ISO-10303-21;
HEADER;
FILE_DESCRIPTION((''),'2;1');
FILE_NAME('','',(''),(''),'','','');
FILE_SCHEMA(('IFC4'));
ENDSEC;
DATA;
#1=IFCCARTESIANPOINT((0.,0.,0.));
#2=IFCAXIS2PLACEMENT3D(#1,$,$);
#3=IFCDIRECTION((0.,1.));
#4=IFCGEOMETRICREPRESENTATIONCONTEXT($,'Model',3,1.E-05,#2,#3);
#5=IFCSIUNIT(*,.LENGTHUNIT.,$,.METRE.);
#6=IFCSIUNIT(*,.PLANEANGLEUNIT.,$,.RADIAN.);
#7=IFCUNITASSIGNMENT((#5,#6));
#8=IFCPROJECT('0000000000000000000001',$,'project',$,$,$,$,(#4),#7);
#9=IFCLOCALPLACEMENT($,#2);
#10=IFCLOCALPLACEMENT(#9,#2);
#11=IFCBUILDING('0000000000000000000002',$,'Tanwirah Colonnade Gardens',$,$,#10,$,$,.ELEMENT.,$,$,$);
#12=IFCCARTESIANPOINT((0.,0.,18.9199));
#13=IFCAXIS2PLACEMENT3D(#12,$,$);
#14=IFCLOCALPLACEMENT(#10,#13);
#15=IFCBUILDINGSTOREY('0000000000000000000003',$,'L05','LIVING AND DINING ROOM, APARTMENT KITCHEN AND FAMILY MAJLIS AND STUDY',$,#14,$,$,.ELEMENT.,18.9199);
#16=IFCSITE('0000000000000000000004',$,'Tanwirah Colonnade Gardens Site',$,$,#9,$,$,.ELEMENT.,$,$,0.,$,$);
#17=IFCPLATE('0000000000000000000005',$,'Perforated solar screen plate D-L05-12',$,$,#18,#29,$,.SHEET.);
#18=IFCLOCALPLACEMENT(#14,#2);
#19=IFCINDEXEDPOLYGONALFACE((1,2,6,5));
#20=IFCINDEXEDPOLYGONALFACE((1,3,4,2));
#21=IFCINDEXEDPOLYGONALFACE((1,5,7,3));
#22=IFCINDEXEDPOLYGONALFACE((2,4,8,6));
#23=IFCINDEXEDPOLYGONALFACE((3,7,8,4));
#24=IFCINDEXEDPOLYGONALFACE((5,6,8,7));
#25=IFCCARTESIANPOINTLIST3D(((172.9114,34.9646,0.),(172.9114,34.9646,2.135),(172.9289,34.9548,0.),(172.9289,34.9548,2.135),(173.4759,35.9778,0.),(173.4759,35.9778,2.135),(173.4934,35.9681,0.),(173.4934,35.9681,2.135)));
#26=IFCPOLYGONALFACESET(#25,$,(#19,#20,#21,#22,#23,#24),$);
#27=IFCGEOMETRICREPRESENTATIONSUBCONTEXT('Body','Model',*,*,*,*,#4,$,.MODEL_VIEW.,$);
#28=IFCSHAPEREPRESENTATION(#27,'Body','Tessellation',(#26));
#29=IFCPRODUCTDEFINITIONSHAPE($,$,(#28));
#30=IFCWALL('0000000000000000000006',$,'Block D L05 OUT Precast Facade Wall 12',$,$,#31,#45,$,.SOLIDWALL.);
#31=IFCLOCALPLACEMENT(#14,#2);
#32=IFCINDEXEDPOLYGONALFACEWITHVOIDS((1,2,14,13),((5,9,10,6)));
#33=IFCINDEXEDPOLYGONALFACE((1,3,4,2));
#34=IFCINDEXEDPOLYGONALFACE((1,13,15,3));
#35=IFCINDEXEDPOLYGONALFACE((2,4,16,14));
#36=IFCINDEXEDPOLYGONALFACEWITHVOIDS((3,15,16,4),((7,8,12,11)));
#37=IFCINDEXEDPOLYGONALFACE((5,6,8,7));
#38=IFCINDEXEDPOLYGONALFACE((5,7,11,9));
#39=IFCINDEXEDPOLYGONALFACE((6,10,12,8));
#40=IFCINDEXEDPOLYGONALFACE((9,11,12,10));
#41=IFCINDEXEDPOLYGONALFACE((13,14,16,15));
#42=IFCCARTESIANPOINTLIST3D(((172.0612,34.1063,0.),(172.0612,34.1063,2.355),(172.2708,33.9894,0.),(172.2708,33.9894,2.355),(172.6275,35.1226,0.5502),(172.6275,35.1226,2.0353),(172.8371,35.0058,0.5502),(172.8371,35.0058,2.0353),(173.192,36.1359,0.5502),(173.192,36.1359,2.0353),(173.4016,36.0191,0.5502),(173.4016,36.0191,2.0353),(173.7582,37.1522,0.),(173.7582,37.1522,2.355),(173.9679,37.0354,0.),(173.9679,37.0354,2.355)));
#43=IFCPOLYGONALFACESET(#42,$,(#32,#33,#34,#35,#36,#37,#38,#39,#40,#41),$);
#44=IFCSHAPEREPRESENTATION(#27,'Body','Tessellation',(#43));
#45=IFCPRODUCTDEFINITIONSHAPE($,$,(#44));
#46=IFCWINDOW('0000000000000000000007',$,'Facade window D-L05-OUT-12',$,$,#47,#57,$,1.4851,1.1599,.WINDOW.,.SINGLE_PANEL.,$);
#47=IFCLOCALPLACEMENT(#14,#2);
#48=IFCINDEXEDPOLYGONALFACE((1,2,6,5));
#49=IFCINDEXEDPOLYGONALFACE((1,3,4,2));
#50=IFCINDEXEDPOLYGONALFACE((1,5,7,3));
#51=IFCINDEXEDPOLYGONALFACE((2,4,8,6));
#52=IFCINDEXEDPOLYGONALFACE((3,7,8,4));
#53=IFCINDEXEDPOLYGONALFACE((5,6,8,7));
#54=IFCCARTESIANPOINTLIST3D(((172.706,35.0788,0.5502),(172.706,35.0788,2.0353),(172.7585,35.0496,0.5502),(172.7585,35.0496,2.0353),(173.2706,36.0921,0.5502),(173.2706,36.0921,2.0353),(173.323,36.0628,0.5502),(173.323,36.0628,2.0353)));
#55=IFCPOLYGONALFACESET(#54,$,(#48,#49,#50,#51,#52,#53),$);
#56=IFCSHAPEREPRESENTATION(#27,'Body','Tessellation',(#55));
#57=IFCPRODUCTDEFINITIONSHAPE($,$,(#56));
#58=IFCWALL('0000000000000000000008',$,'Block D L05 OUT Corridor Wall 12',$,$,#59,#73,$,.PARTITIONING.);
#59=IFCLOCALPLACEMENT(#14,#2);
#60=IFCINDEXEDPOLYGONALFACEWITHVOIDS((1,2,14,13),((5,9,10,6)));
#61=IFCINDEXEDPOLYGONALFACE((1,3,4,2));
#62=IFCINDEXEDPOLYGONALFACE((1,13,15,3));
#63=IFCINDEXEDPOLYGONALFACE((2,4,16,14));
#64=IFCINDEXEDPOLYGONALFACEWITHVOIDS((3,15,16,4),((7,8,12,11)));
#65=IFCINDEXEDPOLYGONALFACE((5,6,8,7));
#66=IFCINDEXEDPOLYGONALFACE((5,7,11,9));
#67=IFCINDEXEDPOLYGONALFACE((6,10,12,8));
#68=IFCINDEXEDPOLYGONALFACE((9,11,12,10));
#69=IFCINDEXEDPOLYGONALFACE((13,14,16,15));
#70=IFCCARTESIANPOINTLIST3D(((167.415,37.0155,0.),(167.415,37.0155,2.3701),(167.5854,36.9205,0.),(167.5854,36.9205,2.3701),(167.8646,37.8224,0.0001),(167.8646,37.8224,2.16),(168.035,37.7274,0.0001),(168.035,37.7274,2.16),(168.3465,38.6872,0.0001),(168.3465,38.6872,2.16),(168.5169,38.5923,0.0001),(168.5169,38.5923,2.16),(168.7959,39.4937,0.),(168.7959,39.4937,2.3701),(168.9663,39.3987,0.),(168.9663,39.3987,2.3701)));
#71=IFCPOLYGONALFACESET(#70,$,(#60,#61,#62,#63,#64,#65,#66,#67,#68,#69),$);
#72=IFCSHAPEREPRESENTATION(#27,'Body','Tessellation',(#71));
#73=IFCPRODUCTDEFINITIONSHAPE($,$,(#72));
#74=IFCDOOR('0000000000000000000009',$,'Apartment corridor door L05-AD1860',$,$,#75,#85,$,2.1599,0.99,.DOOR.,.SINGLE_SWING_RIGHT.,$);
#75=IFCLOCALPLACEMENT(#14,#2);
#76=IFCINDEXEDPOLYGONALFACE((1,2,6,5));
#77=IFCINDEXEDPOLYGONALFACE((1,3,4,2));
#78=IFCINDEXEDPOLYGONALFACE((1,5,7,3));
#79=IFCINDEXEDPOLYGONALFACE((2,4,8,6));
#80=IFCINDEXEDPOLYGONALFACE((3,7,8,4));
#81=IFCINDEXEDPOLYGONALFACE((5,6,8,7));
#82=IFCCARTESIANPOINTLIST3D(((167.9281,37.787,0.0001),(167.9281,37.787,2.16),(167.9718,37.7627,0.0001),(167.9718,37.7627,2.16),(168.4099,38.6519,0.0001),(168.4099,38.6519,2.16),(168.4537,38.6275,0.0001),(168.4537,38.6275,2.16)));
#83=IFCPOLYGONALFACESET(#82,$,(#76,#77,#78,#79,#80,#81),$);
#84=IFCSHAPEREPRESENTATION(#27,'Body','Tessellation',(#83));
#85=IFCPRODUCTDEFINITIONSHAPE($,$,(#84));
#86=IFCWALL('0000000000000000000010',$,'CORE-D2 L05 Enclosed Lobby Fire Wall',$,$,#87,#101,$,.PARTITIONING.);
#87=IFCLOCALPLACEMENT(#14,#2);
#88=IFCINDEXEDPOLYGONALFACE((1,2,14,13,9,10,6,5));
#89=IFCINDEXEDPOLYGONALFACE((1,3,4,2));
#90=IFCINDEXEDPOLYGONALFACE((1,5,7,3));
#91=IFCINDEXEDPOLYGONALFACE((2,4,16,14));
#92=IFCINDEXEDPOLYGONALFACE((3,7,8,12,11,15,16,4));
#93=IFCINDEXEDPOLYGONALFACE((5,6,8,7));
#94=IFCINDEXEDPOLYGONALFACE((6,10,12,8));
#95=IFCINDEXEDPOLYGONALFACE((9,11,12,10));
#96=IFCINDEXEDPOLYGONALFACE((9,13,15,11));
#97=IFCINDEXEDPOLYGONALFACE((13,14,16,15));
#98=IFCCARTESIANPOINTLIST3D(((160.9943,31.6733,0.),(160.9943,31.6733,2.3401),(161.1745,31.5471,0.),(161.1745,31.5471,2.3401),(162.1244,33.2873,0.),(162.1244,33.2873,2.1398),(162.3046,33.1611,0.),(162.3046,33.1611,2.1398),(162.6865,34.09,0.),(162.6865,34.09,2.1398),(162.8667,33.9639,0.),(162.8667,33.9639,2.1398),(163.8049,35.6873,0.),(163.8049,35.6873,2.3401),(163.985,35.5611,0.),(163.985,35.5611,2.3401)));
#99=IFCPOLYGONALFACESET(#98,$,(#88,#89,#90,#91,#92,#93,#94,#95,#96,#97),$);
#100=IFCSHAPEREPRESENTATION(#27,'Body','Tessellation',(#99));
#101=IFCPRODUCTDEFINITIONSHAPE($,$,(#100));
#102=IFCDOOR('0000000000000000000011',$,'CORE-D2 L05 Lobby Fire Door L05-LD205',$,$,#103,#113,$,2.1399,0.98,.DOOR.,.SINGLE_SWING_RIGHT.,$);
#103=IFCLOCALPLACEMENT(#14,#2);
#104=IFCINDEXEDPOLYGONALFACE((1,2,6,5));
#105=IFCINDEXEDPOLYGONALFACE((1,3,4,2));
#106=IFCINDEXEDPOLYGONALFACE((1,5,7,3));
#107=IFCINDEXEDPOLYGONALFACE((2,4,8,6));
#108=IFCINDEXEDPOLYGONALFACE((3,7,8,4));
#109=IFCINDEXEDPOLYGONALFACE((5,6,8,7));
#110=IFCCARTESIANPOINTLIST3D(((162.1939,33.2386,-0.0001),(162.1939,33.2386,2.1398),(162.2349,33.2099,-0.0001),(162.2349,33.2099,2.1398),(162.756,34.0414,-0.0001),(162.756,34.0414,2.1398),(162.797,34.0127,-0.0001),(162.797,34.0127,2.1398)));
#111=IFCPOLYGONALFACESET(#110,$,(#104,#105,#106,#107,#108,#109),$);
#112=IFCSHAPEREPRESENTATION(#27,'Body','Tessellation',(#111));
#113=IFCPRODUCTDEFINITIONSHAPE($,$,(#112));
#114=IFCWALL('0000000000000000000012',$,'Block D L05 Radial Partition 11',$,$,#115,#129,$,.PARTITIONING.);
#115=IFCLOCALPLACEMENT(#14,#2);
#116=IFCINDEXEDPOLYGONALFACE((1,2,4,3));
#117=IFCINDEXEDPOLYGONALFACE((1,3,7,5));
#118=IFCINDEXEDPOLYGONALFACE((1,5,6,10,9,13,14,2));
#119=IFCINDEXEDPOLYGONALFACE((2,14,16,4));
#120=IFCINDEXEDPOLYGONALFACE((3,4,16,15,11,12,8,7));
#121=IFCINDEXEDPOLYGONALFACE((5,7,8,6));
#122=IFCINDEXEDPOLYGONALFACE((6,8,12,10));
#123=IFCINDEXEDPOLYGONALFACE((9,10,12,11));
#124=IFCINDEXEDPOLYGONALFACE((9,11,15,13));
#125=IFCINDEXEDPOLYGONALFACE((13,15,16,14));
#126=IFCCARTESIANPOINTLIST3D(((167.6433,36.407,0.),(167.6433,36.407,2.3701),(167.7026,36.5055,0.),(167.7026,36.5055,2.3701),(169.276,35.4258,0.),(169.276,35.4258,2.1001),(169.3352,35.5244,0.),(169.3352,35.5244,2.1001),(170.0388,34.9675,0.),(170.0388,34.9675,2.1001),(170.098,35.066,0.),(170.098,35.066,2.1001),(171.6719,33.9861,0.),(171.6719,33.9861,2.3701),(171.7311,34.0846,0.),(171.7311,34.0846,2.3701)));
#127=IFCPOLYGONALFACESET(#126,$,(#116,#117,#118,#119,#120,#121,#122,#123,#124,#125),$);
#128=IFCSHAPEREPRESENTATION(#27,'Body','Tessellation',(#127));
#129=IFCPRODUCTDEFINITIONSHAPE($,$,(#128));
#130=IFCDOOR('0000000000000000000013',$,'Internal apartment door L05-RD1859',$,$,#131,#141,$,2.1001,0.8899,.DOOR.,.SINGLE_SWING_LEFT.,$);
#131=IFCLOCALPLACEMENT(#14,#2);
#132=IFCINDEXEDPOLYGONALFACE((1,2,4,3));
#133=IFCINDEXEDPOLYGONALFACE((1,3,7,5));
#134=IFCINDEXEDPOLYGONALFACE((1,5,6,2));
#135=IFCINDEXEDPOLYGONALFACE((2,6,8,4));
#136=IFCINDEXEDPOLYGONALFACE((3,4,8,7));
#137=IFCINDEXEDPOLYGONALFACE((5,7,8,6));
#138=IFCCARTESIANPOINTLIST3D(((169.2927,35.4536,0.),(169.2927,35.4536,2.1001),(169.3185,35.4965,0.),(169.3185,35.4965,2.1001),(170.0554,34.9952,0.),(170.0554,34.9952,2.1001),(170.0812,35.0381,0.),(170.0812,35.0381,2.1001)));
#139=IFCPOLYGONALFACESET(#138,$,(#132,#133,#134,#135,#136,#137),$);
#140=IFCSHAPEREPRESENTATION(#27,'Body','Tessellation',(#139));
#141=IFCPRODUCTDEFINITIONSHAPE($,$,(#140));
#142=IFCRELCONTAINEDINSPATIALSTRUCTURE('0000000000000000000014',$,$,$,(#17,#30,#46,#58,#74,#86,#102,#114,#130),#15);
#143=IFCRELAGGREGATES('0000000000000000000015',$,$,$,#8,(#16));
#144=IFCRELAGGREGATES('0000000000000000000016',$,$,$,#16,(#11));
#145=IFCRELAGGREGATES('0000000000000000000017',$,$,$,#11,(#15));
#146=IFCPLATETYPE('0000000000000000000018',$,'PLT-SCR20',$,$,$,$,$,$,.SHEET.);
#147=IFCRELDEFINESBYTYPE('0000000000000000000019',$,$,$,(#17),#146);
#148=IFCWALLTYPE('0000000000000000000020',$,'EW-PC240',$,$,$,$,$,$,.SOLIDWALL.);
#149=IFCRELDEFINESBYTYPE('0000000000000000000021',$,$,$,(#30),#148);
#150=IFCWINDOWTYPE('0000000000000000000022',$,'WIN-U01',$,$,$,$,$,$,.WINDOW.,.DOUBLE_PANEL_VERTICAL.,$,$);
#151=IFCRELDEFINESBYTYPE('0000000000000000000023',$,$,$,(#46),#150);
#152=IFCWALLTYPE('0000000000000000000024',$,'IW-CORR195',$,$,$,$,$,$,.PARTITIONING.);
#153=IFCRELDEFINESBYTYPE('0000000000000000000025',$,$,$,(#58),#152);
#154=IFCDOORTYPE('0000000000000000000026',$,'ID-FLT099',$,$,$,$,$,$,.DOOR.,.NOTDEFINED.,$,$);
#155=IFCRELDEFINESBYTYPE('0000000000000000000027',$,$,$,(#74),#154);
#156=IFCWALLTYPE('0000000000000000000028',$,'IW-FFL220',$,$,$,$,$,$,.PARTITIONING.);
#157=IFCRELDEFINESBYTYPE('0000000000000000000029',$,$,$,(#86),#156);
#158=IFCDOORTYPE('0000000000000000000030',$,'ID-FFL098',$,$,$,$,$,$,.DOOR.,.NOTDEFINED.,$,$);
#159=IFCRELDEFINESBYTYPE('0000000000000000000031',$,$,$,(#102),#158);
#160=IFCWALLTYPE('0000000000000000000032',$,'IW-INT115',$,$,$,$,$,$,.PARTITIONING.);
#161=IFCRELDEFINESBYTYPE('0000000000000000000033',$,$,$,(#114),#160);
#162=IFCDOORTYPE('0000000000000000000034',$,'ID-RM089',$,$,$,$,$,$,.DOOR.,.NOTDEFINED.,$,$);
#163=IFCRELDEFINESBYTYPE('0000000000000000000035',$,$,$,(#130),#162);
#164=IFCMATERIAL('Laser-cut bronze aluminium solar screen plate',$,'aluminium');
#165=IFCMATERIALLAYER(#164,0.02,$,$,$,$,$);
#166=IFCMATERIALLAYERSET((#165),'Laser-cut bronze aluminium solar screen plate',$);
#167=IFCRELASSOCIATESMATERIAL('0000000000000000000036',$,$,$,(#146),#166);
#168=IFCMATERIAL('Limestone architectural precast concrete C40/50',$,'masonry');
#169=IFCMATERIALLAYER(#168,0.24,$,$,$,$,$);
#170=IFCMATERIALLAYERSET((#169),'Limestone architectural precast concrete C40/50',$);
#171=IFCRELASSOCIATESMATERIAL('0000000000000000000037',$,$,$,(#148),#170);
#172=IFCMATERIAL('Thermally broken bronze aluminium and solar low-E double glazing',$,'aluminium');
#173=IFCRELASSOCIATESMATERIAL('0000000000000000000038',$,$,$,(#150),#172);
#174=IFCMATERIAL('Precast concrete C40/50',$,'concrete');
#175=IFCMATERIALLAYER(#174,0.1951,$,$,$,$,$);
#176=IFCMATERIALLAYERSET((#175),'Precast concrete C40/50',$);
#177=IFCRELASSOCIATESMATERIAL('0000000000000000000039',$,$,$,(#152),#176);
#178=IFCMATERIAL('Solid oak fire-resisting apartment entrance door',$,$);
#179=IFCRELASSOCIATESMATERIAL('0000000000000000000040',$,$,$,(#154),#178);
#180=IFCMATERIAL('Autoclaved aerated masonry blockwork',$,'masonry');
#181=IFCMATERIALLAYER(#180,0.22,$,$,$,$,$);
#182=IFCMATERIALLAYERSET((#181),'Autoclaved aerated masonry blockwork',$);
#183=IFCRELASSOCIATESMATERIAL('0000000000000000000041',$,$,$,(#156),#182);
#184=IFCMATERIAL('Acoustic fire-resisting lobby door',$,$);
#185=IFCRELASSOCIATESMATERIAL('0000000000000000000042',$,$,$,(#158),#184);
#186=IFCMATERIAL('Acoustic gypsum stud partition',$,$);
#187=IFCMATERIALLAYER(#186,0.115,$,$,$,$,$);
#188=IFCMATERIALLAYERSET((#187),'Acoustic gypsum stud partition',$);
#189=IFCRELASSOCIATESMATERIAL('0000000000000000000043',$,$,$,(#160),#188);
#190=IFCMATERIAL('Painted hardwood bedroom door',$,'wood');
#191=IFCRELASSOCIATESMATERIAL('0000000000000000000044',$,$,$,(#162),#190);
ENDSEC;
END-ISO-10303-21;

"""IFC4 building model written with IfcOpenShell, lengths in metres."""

from ifc_helpers import new_model, si_unit, direction, frame, frame_2d, origin, origin_2d, place, context, subcontext, project, spatial, rectangle, extrude, material, layer, layer_set, type_object, element, fill, save


model = new_model("IFC4")

# Units and contexts
model_context = context("Model", 3, precision=1e-05, world=origin(), true_north=direction((0.0, 1.0)))
body_context = subcontext(model_context, "Body", "Model", "MODEL_VIEW")
ifc_project = project(units=[si_unit("LENGTHUNIT", "METRE"), si_unit("PLANEANGLEUNIT", "RADIAN")], contexts=[model_context])

# Site, building, storey
site_placement = place(None, origin())
site = spatial("IfcSite", under=ifc_project, at=site_placement, Name="Tanwirah Colonnade Gardens Site", CompositionType="ELEMENT", RefElevation=0.0)
building_placement = place(site_placement, origin())
building = spatial("IfcBuilding", under=site, at=building_placement, Name="Tanwirah Colonnade Gardens", CompositionType="ELEMENT")
storey_placement = place(building_placement, frame((0.0, 0.0, 18.9199)))
storey = spatial("IfcBuildingStorey", under=building, at=storey_placement, Name="L05", Description="LIVING AND DINING ROOM, APARTMENT KITCHEN AND FAMILY MAJLIS AND STUDY", CompositionType="ELEMENT", Elevation=18.9199)

# Shared definitions
ifc_material_1 = material(Name="Precast concrete C40/50", Category="concrete")

# Plate
ifc_material_2 = material(Name="Laser-cut bronze aluminium solar screen plate", Category="aluminium")
ifc_layer_1 = layer(ifc_material_2, 0.02)
ifc_layer_set_1 = layer_set([ifc_layer_1], Name="Laser-cut bronze aluminium solar screen plate")
plate_type = type_object("IfcPlateType", Name="PLT-SCR20", PredefinedType="SHEET", material=ifc_layer_set_1)
plate_placement = place(storey_placement, frame((173.2024, 35.4663, 0.0), z_axis=(0.0, 0.0, 1.0), x_axis=(0.486717, 0.873559, 0.0)))
element("IfcPlate", 1, at=plate_placement, inside=storey, type_object=plate_type, Name="Perforated solar screen plate D-L05-12", PredefinedType="SHEET", context=body_context, shape_type="SweptSolid", body=[
    extrude(rectangle(XDim=1.1599, YDim=0.02, at=origin_2d()), origin(), (0.0, 0.0, 1.0), 2.135),
])

# Wall, opening, window
ifc_material_3 = material(Name="Limestone architectural precast concrete C40/50", Category="masonry")
ifc_layer_2 = layer(ifc_material_3, 0.24)
ifc_layer_set_2 = layer_set([ifc_layer_2], Name="Limestone architectural precast concrete C40/50")
wall_type_1 = type_object("IfcWallType", Name="EW-PC240", PredefinedType="SOLIDWALL", material=ifc_layer_set_2)
wall_1_placement = place(storey_placement, frame((172.166, 34.0479, 0.0), z_axis=(0.0, 0.0, 1.0), x_axis=(0.486707, 0.873565, 0.0)))
wall_1 = element("IfcWall", 2, at=wall_1_placement, inside=storey, type_object=wall_type_1, Name="Block D L05 OUT Precast Facade Wall 12", PredefinedType="SOLIDWALL", context=body_context, shape_type="SweptSolid", body=[
    extrude(rectangle(XDim=3.4868, YDim=0.24, at=frame_2d((1.7434, 0.0))), origin(), (0.0, 0.0, 1.0), 2.355),
])
opening_1_placement = place(wall_1_placement, frame((1.1633, 0.0, 0.55)))
opening_1 = element("IfcOpeningElement", 3, at=opening_1_placement, cuts=wall_1, PredefinedType="OPENING", context=body_context, shape_type="SweptSolid", body=[
    extrude(rectangle(XDim=1.1599, YDim=1.4851, at=frame_2d((0.5801, 0.7427))), frame((0.0, 0.1299, 0.0), z_axis=(0.0, -1.0, 0.0), x_axis=(1.0, 0.0, 0.0)), (0.0, 0.0, 1.0), 0.26),
])
ifc_material_4 = material(Name="Thermally broken bronze aluminium and solar low-E double glazing", Category="aluminium")
window_type = type_object("IfcWindowType", Name="WIN-U01", PartitioningType="DOUBLE_PANEL_VERTICAL", PredefinedType="WINDOW", material=ifc_material_4)
window_placement = place(opening_1_placement, origin())
window = element("IfcWindow", 4, at=window_placement, inside=storey, type_object=window_type, Name="Facade window D-L05-OUT-12", OverallHeight=1.4851, OverallWidth=1.1599, PartitioningType="SINGLE_PANEL", PredefinedType="WINDOW", context=body_context, shape_type="SweptSolid", body=[
    extrude(rectangle(XDim=1.1599, YDim=1.4851, at=frame_2d((0.5801, 0.7427))), frame((0.0, 0.03, 0.0), z_axis=(0.0, -1.0, 0.0), x_axis=(1.0, 0.0, 0.0)), (0.0, 0.0, 1.0), 0.0601),
])
fill(opening_1, window)

# Walls, openings, doors
ifc_layer_3 = layer(ifc_material_1, 0.1951)
ifc_layer_set_3 = layer_set([ifc_layer_3], Name="Precast concrete C40/50")
wall_type_2 = type_object("IfcWallType", Name="IW-CORR195", PredefinedType="PARTITIONING", material=ifc_layer_set_3)
ifc_material_5 = material(Name="Solid oak fire-resisting apartment entrance door")
wall_2_placement = place(storey_placement, frame((167.5002, 36.968, 0.0), z_axis=(0.0, 0.0, 1.0), x_axis=(0.486731, 0.873552, 0.0)))
wall_2 = element("IfcWall", 5, at=wall_2_placement, inside=storey, type_object=wall_type_2, Name="Block D L05 OUT Corridor Wall 12", PredefinedType="PARTITIONING", context=body_context, shape_type="SweptSolid", body=[
    extrude(rectangle(XDim=2.8369, YDim=0.1951, at=frame_2d((1.4185, 0.0))), origin(), (0.0, 0.0, 1.0), 2.3701),
])
opening_2_placement = place(wall_2_placement, frame((0.9236, 0.0, 0.0)))
opening_2 = element("IfcOpeningElement", 6, at=opening_2_placement, cuts=wall_2, PredefinedType="OPENING", context=body_context, shape_type="SweptSolid", body=[
    extrude(rectangle(XDim=0.99, YDim=2.1599, at=frame_2d((0.4951, 1.0801))), frame((0.0, 0.1074, 0.0), z_axis=(0.0, -1.0, 0.0), x_axis=(1.0, 0.0, 0.0)), (0.0, 0.0, 1.0), 0.2151),
])
door_type_1 = type_object("IfcDoorType", Name="ID-FLT099", OperationType="NOTDEFINED", PredefinedType="DOOR", material=ifc_material_5)
door_1_placement = place(opening_2_placement, origin())
door_1 = element("IfcDoor", 7, at=door_1_placement, inside=storey, type_object=door_type_1, Name="Apartment corridor door L05-AD1860", OperationType="SINGLE_SWING_RIGHT", OverallHeight=2.1599, OverallWidth=0.99, PredefinedType="DOOR", context=body_context, shape_type="SweptSolid", body=[
    extrude(rectangle(XDim=0.99, YDim=2.1599, at=frame_2d((0.4951, 1.0801))), frame((0.0, 0.0249, 0.0), z_axis=(0.0, -1.0, 0.0), x_axis=(1.0, 0.0, 0.0)), (0.0, 0.0, 1.0), 0.05),
])
fill(opening_2, door_1)
ifc_material_6 = material(Name="Autoclaved aerated masonry blockwork", Category="masonry")
ifc_layer_4 = layer(ifc_material_6, 0.22)
ifc_layer_set_4 = layer_set([ifc_layer_4], Name="Autoclaved aerated masonry blockwork")
wall_type_3 = type_object("IfcWallType", Name="IW-FFL220", PredefinedType="PARTITIONING", material=ifc_layer_set_4)
wall_3_placement = place(storey_placement, frame((163.895, 35.6243, 0.0), z_axis=(0.0, 0.0, 1.0), x_axis=(-0.573573, -0.819155, 0.0)))
wall_3 = element("IfcWall", 8, at=wall_3_placement, inside=storey, type_object=wall_type_3, Name="CORE-D2 L05 Enclosed Lobby Fire Wall", PredefinedType="PARTITIONING", context=body_context, shape_type="SweptSolid", body=[
    extrude(rectangle(XDim=4.9001, YDim=0.22, at=frame_2d((2.4502, 0.0))), origin(), (0.0, 0.0, 1.0), 2.3401),
])
opening_3_placement = place(wall_3_placement, frame((1.95, 0.0, 0.0)))
opening_3 = element("IfcOpeningElement", 9, at=opening_3_placement, cuts=wall_3, PredefinedType="OPENING", context=body_context, shape_type="SweptSolid", body=[
    extrude(rectangle(XDim=0.98, YDim=2.1399, at=frame_2d((0.49, 1.0698))), frame((0.0, 0.1199, 0.0), z_axis=(0.0, -1.0, 0.0), x_axis=(1.0, 0.0, 0.0)), (0.0, 0.0, 1.0), 0.24),
])
ifc_material_7 = material(Name="Acoustic fire-resisting lobby door")
door_type_2 = type_object("IfcDoorType", Name="ID-FFL098", OperationType="NOTDEFINED", PredefinedType="DOOR", material=ifc_material_7)
door_2_placement = place(opening_3_placement, origin())
door_2 = element("IfcDoor", 10, at=door_2_placement, inside=storey, type_object=door_type_2, Name="CORE-D2 L05 Lobby Fire Door L05-LD205", OperationType="SINGLE_SWING_RIGHT", OverallHeight=2.1399, OverallWidth=0.98, PredefinedType="DOOR", context=body_context, shape_type="SweptSolid", body=[
    extrude(rectangle(XDim=0.98, YDim=2.1399, at=frame_2d((0.49, 1.0698))), frame((0.0, 0.0249, 0.0), z_axis=(0.0, -1.0, 0.0), x_axis=(1.0, 0.0, 0.0)), (0.0, 0.0, 1.0), 0.05),
])
fill(opening_3, door_2)
ifc_material_8 = material(Name="Acoustic gypsum stud partition")
ifc_layer_5 = layer(ifc_material_8, 0.115)
ifc_layer_set_5 = layer_set([ifc_layer_5], Name="Acoustic gypsum stud partition")
wall_type_4 = type_object("IfcWallType", Name="IW-INT115", PredefinedType="PARTITIONING", material=ifc_layer_set_5)
wall_4_placement = place(storey_placement, frame((167.6729, 36.4563, 0.0), z_axis=(0.0, 0.0, 1.0), x_axis=(0.85714, -0.515084, 0.0)))
wall_4 = element("IfcWall", 11, at=wall_4_placement, inside=storey, type_object=wall_type_4, Name="Block D L05 Radial Partition 11", PredefinedType="PARTITIONING", context=body_context, shape_type="SweptSolid", body=[
    extrude(rectangle(XDim=4.7, YDim=0.115, at=frame_2d((2.3501, 0.0))), origin(), (0.0, 0.0, 1.0), 2.3701),
])
opening_4_placement = place(wall_4_placement, frame((1.905, 0.0, 0.0)))
opening_4 = element("IfcOpeningElement", 12, at=opening_4_placement, cuts=wall_4, PredefinedType="OPENING", context=body_context, shape_type="SweptSolid", body=[
    extrude(rectangle(XDim=0.8899, YDim=2.1001, at=frame_2d((0.4448, 1.05))), frame((0.0, 0.0674, 0.0), z_axis=(0.0, -1.0, 0.0), x_axis=(1.0, 0.0, 0.0)), (0.0, 0.0, 1.0), 0.135),
])
ifc_material_9 = material(Name="Painted hardwood bedroom door", Category="wood")
door_type_3 = type_object("IfcDoorType", Name="ID-RM089", OperationType="NOTDEFINED", PredefinedType="DOOR", material=ifc_material_9)
door_3_placement = place(opening_4_placement, origin())
door_3 = element("IfcDoor", 13, at=door_3_placement, inside=storey, type_object=door_type_3, Name="Internal apartment door L05-RD1859", OperationType="SINGLE_SWING_LEFT", OverallHeight=2.1001, OverallWidth=0.8899, PredefinedType="DOOR", context=body_context, shape_type="SweptSolid", body=[
    extrude(rectangle(XDim=0.8899, YDim=2.1001, at=frame_2d((0.4448, 1.05))), frame((0.0, 0.0249, 0.0), z_axis=(0.0, -1.0, 0.0), x_axis=(1.0, 0.0, 0.0)), (0.0, 0.0, 1.0), 0.05),
])
fill(opening_4, door_3)

save(model, "model.ifc")
